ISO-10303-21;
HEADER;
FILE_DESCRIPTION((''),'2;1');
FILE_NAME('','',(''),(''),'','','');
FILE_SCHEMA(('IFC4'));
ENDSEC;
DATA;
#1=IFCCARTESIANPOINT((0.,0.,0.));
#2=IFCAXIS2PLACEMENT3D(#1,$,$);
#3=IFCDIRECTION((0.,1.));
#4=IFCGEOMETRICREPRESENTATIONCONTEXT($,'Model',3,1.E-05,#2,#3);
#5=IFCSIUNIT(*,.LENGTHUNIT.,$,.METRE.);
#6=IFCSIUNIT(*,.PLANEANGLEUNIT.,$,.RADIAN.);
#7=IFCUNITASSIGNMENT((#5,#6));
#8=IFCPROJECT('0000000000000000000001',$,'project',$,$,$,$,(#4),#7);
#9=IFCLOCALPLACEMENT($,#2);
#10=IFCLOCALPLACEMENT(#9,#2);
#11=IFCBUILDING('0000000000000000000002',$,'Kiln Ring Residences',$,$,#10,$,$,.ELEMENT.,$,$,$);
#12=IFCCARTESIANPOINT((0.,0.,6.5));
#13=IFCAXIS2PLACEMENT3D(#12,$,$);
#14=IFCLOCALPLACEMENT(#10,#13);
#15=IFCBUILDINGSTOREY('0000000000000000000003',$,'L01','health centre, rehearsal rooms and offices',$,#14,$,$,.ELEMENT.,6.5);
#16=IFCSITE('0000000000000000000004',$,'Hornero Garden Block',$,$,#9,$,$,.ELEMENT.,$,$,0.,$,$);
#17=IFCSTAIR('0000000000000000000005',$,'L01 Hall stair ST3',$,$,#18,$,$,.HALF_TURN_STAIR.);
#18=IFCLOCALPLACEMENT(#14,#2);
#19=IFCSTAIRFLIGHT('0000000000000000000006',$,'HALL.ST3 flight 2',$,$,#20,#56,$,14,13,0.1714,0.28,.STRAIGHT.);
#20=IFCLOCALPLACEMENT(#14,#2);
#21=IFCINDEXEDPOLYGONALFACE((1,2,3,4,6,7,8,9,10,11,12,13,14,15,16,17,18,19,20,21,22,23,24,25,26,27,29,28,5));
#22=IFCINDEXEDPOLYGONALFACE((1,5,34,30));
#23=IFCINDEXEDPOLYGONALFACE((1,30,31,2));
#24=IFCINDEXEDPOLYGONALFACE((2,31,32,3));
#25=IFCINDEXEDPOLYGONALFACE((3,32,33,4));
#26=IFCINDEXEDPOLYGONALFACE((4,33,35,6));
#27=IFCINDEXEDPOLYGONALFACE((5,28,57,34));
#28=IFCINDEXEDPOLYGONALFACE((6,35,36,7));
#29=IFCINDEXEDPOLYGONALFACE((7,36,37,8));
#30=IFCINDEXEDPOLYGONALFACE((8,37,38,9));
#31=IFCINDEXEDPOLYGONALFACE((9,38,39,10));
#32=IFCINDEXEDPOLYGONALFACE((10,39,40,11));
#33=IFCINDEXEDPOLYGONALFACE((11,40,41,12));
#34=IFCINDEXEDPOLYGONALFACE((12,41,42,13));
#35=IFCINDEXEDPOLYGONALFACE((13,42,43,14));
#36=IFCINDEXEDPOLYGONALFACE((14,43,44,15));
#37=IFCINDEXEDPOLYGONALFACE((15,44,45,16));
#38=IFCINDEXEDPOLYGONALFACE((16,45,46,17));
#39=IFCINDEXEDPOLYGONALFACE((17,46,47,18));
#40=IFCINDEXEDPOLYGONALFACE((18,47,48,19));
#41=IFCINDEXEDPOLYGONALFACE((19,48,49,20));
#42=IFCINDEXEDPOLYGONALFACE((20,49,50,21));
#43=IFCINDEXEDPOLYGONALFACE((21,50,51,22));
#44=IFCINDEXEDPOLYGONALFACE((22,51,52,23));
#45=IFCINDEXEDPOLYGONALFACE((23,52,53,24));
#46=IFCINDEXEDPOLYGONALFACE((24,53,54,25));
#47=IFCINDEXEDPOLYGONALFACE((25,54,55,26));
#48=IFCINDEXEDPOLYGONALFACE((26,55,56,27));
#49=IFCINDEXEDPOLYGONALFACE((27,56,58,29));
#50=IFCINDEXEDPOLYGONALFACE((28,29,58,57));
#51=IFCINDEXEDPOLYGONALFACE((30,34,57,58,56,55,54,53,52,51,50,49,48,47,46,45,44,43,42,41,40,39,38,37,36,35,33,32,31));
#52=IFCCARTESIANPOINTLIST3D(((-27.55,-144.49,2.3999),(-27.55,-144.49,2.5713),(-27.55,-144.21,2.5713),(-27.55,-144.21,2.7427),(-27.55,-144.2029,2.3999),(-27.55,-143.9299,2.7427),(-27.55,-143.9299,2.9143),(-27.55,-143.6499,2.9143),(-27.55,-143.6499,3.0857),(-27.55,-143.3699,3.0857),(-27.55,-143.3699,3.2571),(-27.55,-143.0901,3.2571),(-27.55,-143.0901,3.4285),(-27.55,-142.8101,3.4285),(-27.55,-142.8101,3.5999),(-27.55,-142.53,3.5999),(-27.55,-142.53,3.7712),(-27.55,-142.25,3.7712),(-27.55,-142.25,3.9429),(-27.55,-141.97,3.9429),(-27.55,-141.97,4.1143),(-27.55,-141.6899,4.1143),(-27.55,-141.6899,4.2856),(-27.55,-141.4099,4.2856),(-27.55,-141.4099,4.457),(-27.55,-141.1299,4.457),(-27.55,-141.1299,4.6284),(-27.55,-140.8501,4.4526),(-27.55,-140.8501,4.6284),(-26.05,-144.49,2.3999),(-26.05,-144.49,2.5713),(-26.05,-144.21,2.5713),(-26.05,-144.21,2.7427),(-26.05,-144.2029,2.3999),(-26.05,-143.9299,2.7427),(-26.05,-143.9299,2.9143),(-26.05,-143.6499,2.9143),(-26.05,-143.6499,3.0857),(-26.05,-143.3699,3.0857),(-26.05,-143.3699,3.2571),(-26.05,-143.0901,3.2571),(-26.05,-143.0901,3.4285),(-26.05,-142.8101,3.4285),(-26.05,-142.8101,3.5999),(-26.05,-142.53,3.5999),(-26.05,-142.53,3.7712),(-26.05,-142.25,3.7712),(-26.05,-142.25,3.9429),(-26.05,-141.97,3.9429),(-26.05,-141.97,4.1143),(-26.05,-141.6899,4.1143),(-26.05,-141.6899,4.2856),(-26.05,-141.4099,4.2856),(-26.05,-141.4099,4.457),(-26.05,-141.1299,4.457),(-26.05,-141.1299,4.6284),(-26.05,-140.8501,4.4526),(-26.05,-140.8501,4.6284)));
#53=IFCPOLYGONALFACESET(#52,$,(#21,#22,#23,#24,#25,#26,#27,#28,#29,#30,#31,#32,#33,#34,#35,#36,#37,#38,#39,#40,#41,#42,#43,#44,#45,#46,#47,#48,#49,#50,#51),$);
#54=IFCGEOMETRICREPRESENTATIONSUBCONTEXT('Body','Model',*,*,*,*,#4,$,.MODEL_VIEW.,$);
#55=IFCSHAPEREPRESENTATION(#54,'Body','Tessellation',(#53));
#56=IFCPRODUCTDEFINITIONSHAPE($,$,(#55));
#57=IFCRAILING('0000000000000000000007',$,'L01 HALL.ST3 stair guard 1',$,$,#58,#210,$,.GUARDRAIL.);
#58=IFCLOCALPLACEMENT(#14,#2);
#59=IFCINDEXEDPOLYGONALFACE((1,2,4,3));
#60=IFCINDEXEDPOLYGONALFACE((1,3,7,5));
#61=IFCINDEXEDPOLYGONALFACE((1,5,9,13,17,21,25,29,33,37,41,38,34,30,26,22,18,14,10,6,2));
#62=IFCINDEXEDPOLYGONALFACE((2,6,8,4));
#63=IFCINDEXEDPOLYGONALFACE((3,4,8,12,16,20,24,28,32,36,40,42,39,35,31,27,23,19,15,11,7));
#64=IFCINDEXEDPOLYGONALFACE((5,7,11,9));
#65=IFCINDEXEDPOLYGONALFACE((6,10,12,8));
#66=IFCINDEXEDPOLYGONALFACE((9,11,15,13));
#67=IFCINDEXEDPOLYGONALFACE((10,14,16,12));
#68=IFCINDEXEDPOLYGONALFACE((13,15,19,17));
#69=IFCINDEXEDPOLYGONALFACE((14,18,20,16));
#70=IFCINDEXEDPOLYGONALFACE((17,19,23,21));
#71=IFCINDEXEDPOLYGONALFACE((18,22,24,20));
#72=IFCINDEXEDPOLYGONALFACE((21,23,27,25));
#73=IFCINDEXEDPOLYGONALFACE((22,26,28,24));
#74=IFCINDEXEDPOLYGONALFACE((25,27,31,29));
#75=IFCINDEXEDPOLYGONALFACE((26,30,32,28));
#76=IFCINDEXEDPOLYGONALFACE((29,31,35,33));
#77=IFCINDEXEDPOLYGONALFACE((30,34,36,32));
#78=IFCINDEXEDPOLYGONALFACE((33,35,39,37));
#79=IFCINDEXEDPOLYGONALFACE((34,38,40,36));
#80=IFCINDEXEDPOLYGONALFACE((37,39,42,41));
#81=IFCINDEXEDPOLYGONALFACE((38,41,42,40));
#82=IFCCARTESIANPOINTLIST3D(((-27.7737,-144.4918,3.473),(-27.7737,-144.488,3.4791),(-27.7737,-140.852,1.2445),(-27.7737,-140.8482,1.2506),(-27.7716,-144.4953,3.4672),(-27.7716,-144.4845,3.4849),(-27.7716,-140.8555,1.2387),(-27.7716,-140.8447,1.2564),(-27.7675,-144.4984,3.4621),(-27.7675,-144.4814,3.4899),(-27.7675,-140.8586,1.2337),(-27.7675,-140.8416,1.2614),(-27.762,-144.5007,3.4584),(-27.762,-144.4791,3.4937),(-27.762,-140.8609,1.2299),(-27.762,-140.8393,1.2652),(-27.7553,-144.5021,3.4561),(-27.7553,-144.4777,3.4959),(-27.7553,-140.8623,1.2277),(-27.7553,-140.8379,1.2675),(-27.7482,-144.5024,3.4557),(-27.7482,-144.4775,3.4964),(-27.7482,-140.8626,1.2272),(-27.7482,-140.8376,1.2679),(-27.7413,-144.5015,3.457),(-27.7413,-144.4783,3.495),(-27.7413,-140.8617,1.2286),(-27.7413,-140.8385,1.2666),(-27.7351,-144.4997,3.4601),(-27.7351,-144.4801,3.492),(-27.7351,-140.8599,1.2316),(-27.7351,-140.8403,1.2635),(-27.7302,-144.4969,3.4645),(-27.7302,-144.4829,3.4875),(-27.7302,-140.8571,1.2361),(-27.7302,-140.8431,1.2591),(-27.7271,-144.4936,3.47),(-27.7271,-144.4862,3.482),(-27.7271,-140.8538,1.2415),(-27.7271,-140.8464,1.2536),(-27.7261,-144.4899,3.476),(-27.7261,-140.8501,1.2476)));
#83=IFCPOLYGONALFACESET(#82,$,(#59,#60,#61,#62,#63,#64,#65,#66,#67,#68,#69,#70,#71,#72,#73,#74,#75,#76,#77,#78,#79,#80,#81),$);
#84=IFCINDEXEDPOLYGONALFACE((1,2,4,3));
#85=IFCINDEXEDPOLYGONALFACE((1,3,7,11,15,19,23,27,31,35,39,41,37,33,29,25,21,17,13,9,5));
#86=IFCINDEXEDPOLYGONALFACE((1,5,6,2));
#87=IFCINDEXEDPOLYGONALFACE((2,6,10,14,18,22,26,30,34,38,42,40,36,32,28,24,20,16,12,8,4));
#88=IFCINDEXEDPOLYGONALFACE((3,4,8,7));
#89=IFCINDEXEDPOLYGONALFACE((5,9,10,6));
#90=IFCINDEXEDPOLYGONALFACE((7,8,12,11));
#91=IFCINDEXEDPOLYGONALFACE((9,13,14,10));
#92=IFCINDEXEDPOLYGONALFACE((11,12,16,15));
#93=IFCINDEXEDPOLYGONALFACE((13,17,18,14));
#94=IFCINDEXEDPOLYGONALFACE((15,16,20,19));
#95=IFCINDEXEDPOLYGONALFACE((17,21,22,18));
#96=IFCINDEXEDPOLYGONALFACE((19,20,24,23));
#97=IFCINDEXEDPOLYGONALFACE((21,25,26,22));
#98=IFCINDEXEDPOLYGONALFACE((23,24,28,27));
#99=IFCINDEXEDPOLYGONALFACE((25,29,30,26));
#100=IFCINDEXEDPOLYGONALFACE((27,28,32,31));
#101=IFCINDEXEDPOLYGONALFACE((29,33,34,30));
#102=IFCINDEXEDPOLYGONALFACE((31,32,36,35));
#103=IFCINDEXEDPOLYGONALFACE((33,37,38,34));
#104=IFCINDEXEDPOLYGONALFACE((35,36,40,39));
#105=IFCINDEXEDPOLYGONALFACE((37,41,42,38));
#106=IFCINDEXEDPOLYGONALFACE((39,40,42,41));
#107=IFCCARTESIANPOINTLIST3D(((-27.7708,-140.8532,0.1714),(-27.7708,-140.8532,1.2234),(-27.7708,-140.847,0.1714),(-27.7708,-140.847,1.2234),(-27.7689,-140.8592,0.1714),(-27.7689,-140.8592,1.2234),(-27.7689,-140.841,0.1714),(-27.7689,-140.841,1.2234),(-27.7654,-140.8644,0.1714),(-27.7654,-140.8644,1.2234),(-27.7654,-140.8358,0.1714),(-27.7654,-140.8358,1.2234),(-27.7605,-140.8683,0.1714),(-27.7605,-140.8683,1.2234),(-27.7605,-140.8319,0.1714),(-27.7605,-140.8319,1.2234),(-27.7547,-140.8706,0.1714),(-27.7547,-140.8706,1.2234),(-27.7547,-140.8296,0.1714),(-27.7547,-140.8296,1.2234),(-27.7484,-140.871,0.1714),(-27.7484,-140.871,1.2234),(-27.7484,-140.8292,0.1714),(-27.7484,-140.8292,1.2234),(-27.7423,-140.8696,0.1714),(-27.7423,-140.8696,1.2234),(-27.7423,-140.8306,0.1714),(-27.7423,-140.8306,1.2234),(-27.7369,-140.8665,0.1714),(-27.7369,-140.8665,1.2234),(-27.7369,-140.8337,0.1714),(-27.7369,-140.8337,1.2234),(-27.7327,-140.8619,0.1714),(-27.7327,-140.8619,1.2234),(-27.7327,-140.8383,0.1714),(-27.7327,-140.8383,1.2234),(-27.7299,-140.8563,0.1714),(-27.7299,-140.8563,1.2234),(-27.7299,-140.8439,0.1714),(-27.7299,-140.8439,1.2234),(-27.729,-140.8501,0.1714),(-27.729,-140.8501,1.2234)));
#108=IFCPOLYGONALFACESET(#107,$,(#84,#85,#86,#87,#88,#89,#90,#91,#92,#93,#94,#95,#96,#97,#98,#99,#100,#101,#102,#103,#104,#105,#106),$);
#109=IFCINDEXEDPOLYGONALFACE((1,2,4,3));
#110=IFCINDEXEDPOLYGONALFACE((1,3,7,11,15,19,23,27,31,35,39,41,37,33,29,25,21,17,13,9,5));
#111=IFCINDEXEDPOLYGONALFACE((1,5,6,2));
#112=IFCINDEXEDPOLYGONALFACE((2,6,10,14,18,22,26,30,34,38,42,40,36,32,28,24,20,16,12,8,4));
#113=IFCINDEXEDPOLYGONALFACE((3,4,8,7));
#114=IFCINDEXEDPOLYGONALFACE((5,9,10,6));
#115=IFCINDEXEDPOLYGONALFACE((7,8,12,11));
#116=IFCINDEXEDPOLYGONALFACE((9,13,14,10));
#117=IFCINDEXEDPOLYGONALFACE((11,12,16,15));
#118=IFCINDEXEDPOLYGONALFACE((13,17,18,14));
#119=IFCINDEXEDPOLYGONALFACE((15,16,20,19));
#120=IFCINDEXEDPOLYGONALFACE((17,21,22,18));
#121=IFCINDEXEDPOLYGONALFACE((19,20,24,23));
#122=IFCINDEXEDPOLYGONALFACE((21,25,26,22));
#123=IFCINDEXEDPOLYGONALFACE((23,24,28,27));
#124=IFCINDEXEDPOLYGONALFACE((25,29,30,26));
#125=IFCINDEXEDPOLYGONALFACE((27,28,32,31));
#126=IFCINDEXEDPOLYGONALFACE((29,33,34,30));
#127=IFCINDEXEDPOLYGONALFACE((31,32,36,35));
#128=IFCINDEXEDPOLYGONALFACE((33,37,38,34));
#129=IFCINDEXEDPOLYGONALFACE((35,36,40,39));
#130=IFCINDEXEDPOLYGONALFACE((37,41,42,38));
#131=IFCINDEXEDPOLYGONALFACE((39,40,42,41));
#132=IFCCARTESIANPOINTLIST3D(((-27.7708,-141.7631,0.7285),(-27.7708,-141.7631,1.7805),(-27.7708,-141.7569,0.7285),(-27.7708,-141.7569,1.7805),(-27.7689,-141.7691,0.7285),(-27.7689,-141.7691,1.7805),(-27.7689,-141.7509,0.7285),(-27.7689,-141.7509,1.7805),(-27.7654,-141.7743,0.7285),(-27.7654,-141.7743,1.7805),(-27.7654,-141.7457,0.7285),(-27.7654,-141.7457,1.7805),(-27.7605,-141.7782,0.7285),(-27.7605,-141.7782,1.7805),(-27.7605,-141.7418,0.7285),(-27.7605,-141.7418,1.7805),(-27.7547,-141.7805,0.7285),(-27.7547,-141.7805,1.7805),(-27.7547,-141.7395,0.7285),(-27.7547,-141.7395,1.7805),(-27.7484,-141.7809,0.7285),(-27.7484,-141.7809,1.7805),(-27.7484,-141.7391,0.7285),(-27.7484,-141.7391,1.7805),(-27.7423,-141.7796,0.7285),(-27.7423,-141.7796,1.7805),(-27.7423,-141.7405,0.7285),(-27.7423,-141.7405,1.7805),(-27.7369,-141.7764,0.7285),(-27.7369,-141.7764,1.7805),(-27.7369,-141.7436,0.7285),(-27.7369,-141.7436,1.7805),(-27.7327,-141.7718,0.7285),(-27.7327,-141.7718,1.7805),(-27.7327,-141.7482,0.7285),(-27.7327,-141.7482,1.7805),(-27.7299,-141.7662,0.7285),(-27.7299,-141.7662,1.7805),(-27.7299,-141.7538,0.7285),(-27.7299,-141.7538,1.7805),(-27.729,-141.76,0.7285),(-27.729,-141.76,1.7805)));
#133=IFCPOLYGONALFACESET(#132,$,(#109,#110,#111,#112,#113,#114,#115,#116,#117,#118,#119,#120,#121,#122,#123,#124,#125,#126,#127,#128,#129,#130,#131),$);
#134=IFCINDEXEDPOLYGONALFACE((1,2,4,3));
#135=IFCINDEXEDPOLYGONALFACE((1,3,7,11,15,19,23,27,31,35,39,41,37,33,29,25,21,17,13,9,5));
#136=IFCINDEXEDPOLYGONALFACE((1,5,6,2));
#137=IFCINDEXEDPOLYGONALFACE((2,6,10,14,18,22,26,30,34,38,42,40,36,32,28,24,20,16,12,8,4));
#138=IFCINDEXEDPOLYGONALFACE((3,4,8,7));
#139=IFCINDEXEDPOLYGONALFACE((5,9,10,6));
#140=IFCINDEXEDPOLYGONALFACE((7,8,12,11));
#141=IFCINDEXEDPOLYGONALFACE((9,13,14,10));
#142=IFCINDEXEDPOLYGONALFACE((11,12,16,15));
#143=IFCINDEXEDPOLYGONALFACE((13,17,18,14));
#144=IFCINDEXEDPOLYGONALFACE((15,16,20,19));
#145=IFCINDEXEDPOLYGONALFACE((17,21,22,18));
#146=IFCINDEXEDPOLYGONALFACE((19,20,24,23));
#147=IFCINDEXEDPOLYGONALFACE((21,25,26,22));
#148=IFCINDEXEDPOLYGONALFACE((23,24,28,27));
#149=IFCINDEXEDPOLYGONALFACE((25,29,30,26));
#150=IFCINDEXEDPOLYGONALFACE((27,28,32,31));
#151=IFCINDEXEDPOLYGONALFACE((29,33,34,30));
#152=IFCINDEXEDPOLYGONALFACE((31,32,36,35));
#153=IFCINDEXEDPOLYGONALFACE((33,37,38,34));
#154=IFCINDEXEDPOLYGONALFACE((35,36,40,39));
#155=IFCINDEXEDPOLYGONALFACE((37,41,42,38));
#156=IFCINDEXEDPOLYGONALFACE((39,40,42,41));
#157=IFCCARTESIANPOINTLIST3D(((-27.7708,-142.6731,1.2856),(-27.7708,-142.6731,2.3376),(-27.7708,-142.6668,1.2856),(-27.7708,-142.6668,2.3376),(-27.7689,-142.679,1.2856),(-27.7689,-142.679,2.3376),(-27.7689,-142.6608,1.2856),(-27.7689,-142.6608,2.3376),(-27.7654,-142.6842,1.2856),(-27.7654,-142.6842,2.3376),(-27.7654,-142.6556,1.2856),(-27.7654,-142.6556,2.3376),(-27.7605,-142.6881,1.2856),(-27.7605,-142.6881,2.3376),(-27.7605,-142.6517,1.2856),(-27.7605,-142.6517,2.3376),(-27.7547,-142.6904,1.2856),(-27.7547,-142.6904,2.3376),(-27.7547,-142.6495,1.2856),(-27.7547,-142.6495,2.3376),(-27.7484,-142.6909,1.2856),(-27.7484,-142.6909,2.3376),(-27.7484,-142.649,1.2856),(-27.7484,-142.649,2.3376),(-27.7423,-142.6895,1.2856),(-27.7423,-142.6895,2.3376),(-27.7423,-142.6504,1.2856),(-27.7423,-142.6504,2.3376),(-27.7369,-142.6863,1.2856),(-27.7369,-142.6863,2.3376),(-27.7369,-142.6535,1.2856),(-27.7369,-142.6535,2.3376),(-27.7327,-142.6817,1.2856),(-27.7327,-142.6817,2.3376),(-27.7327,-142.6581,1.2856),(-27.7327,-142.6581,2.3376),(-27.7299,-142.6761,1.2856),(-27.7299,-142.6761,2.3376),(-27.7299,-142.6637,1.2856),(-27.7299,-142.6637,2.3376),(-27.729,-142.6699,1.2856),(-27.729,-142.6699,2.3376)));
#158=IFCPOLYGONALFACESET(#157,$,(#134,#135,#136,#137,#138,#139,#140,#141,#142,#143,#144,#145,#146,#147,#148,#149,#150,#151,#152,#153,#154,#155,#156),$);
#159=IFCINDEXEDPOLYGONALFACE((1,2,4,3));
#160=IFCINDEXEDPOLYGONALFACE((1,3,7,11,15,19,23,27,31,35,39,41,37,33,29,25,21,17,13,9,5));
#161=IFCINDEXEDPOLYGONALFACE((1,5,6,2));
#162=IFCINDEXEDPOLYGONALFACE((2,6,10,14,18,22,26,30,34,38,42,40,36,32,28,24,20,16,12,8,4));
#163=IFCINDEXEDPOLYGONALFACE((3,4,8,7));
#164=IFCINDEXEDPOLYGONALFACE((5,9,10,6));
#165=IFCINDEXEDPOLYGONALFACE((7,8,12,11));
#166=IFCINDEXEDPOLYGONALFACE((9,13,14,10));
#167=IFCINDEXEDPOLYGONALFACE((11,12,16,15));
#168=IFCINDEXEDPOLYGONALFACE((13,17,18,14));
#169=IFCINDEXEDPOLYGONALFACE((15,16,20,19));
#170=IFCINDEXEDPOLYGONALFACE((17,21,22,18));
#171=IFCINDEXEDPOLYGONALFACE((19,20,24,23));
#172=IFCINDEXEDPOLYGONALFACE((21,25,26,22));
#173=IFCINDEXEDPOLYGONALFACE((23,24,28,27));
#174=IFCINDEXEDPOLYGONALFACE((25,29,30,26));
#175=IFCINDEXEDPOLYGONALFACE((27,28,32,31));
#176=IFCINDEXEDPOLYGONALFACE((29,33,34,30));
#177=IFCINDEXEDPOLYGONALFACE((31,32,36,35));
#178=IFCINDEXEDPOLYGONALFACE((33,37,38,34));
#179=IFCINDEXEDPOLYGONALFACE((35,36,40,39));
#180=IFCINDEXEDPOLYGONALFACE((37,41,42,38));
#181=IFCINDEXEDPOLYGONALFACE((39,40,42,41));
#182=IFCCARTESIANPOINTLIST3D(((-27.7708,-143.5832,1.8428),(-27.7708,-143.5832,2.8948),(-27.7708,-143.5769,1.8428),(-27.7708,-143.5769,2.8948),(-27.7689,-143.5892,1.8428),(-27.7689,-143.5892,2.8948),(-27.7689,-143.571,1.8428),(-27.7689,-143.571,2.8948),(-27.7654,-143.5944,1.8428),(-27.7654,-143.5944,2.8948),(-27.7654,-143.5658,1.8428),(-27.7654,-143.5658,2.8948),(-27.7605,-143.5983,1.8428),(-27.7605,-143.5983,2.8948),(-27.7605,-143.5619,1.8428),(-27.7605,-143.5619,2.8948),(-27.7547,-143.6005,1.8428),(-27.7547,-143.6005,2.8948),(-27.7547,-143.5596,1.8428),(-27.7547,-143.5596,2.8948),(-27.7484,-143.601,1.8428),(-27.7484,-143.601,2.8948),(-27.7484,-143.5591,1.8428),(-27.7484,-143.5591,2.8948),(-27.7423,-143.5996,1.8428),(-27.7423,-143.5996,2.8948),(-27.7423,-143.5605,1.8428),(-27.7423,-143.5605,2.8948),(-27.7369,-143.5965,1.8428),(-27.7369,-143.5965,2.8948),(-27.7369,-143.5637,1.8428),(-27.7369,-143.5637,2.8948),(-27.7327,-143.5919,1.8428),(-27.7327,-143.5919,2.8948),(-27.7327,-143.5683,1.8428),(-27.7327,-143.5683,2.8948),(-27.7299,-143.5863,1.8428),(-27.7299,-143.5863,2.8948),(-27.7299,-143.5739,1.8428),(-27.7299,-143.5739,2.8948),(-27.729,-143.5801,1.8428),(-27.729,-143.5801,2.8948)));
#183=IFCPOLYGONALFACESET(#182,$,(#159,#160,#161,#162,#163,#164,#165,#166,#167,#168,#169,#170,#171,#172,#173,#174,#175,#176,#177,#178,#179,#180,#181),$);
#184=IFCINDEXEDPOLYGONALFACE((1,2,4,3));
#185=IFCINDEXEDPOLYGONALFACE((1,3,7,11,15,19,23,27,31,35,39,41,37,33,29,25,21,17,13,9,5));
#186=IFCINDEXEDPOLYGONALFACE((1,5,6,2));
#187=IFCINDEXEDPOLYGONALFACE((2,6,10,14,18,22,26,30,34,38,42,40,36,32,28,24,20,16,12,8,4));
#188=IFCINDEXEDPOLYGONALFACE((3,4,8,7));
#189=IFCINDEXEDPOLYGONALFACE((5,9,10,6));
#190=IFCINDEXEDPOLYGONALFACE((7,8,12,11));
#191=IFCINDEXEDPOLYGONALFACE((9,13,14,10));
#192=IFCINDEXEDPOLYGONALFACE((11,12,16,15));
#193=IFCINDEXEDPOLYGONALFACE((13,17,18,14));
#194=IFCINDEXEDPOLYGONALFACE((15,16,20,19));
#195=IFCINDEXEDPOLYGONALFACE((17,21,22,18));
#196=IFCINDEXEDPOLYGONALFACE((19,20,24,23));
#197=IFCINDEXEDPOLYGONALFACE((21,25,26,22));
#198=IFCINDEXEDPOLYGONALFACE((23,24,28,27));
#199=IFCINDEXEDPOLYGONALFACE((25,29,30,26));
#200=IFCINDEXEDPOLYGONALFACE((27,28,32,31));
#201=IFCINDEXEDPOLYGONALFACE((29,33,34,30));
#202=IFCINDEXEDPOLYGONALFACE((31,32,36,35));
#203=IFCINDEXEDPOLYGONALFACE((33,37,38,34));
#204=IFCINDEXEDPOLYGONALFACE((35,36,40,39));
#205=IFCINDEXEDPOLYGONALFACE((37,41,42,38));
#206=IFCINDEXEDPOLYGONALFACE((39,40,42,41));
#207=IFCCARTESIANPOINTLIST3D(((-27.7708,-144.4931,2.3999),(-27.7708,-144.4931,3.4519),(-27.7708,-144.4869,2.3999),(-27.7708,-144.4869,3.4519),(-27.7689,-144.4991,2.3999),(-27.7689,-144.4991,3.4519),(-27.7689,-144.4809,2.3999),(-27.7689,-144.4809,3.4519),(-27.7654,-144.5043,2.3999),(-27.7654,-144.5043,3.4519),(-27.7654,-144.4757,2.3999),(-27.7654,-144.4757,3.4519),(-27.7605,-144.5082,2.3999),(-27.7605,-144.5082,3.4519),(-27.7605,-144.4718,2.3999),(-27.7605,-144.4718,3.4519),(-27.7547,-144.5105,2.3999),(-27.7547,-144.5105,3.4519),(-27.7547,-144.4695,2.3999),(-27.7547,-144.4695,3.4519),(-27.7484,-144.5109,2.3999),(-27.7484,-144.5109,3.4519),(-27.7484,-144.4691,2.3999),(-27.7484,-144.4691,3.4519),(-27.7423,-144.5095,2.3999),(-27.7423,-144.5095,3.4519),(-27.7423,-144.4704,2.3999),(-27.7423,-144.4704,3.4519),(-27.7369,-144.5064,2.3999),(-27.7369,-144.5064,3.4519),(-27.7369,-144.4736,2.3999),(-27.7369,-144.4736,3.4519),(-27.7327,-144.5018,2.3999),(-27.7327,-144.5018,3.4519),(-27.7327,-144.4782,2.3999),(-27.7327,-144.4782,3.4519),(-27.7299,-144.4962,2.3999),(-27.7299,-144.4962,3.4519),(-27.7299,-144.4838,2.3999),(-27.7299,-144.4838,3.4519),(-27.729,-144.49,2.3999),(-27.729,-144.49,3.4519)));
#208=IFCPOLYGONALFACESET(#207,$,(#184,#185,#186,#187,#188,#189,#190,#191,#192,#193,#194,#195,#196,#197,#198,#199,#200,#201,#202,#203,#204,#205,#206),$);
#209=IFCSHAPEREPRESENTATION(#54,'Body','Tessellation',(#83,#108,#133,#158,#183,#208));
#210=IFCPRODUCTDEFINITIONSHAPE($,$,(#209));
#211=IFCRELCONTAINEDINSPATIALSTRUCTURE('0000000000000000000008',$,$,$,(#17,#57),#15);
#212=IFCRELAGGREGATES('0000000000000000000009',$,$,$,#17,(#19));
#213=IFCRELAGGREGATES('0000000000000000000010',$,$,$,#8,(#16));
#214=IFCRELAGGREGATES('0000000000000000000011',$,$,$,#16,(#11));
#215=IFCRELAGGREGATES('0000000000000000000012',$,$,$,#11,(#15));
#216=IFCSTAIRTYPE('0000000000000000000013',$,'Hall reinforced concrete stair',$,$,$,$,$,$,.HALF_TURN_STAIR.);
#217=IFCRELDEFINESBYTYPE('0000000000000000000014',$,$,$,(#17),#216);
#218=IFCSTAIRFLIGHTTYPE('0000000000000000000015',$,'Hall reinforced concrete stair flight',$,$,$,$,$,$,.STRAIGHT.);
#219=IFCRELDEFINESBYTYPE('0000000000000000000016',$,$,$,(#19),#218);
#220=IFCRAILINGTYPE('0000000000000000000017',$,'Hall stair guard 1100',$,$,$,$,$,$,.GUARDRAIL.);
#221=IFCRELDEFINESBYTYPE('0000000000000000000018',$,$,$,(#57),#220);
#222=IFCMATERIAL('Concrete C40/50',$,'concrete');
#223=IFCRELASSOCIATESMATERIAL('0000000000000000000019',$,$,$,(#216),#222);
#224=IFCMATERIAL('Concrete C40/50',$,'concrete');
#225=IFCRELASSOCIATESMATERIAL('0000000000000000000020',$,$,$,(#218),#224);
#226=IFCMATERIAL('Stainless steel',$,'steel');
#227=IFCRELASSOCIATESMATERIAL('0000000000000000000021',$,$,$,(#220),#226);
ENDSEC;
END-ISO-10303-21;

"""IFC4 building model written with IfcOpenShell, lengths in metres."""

from ifc_helpers import new_model, si_unit, direction, frame, origin, origin_2d, place, context, subcontext, project, spatial, polyline, circle, outline, extrude, material, type_object, element, aggregate, save


model = new_model("IFC4")

# Units and contexts
model_context = context("Model", 3, precision=1e-05, world=origin(), true_north=direction((0.0, 1.0)))
body_context = subcontext(model_context, "Body", "Model", "MODEL_VIEW")
ifc_project = project(units=[si_unit("LENGTHUNIT", "METRE"), si_unit("PLANEANGLEUNIT", "RADIAN")], contexts=[model_context])

# Site, building, storey
site_placement = place(None, origin())
site = spatial("IfcSite", under=ifc_project, at=site_placement, Name="Hornero Garden Block", CompositionType="ELEMENT", RefElevation=0.0)
building_placement = place(site_placement, origin())
building = spatial("IfcBuilding", under=site, at=building_placement, Name="Kiln Ring Residences", CompositionType="ELEMENT")
storey_placement = place(building_placement, frame((0.0, 0.0, 6.5)))
storey = spatial("IfcBuildingStorey", under=building, at=storey_placement, Name="L01", Description="health centre, rehearsal rooms and offices", CompositionType="ELEMENT", Elevation=6.5)

# Stair, stair flight
ifc_material_1 = material(Name="Concrete C40/50", Category="concrete")
stair_type = type_object("IfcStairType", Name="Hall reinforced concrete stair", PredefinedType="HALF_TURN_STAIR", material=ifc_material_1)
stair_placement = place(storey_placement, origin())
stair = element("IfcStair", 1, at=stair_placement, inside=storey, type_object=stair_type, Name="L01 Hall stair ST3", PredefinedType="HALF_TURN_STAIR")
ifc_material_2 = material(Name="Concrete C40/50", Category="concrete")
stair_flight_type = type_object("IfcStairFlightType", Name="Hall reinforced concrete stair flight", PredefinedType="STRAIGHT", material=ifc_material_2)
stair_flight_1_placement = place(storey_placement, frame((-26.8, -144.49, 2.3999), z_axis=(0.0, 0.0, 1.0), x_axis=(0.0, 1.0, 0.0)))
stair_flight_1 = element("IfcStairFlight", 2, at=stair_flight_1_placement, type_object=stair_flight_type, Name="HALL.ST3 flight 2", NumberOfRisers=14, NumberOfTreads=13, PredefinedType="STRAIGHT", RiserHeight=0.1714, TreadLength=0.28, context=body_context, shape_type="SweptSolid", body=[
    extrude(outline(polyline([(0.0, 0.0), (0.0, 0.1714), (0.28, 0.1714), (0.28, 0.3428), (0.5601, 0.3428), (0.5601, 0.5144), (0.8401, 0.5144), (0.8401, 0.6858), (1.1201, 0.6858), (1.1201, 0.8572), (1.3999, 0.8572), (1.3999, 1.0286), (1.6799, 1.0286), (1.6799, 1.2), (1.96, 1.2), (1.96, 1.3713), (2.24, 1.3713), (2.24, 1.543), (2.52, 1.543), (2.52, 1.7144), (2.8, 1.7144), (2.8, 1.8857), (3.0801, 1.8857), (3.0801, 2.0571), (3.3601, 2.0571), (3.3601, 2.2285), (3.6399, 2.2285), (3.6399, 2.3999), (3.6399, 2.0527), (0.2871, 0.0), (0.0, 0.0)])), frame((0.0, 0.75, 0.0), z_axis=(0.0, -1.0, 0.0), x_axis=(1.0, 0.0, 0.0)), (0.0, 0.0, 1.0), 1.5),
])
aggregate(stair, [stair_flight_1])

# Railing
ifc_material_3 = material(Name="Stainless steel", Category="steel")
railing_type_1 = type_object("IfcRailingType", Name="Hall stair guard 1100", PredefinedType="GUARDRAIL", material=ifc_material_3)
railing_1_placement = place(storey_placement, frame((-27.75, -140.8501, 0.1714)))
element("IfcRailing", 3, at=railing_1_placement, inside=storey, type_object=railing_type_1, Name="L01 HALL.ST3 stair guard 1", PredefinedType="GUARDRAIL", context=body_context, shape_type="SweptSolid", body=[
    extrude(circle(Radius=0.0239, at=origin_2d()), frame((0.0, 0.0, 1.0762), z_axis=(0.0, -0.85285, 0.522156), x_axis=(1.0, 0.0, 0.0)), (0.0, 0.0, 1.0), 4.2678),
    extrude(circle(Radius=0.021, at=origin_2d()), origin(), (0.0, 0.0, 1.0), 1.052),
    extrude(circle(Radius=0.021, at=origin_2d()), frame((0.0, -0.9099, 0.5571)), (0.0, 0.0, 1.0), 1.052),
    extrude(circle(Radius=0.021, at=origin_2d()), frame((0.0, -1.8198, 1.1143)), (0.0, 0.0, 1.0), 1.052),
    extrude(circle(Radius=0.021, at=origin_2d()), frame((0.0, -2.73, 1.6714)), (0.0, 0.0, 1.0), 1.052),
    extrude(circle(Radius=0.021, at=origin_2d()), frame((0.0, -3.6399, 2.2285)), (0.0, 0.0, 1.0), 1.052),
])

save(model, "model.ifc")
